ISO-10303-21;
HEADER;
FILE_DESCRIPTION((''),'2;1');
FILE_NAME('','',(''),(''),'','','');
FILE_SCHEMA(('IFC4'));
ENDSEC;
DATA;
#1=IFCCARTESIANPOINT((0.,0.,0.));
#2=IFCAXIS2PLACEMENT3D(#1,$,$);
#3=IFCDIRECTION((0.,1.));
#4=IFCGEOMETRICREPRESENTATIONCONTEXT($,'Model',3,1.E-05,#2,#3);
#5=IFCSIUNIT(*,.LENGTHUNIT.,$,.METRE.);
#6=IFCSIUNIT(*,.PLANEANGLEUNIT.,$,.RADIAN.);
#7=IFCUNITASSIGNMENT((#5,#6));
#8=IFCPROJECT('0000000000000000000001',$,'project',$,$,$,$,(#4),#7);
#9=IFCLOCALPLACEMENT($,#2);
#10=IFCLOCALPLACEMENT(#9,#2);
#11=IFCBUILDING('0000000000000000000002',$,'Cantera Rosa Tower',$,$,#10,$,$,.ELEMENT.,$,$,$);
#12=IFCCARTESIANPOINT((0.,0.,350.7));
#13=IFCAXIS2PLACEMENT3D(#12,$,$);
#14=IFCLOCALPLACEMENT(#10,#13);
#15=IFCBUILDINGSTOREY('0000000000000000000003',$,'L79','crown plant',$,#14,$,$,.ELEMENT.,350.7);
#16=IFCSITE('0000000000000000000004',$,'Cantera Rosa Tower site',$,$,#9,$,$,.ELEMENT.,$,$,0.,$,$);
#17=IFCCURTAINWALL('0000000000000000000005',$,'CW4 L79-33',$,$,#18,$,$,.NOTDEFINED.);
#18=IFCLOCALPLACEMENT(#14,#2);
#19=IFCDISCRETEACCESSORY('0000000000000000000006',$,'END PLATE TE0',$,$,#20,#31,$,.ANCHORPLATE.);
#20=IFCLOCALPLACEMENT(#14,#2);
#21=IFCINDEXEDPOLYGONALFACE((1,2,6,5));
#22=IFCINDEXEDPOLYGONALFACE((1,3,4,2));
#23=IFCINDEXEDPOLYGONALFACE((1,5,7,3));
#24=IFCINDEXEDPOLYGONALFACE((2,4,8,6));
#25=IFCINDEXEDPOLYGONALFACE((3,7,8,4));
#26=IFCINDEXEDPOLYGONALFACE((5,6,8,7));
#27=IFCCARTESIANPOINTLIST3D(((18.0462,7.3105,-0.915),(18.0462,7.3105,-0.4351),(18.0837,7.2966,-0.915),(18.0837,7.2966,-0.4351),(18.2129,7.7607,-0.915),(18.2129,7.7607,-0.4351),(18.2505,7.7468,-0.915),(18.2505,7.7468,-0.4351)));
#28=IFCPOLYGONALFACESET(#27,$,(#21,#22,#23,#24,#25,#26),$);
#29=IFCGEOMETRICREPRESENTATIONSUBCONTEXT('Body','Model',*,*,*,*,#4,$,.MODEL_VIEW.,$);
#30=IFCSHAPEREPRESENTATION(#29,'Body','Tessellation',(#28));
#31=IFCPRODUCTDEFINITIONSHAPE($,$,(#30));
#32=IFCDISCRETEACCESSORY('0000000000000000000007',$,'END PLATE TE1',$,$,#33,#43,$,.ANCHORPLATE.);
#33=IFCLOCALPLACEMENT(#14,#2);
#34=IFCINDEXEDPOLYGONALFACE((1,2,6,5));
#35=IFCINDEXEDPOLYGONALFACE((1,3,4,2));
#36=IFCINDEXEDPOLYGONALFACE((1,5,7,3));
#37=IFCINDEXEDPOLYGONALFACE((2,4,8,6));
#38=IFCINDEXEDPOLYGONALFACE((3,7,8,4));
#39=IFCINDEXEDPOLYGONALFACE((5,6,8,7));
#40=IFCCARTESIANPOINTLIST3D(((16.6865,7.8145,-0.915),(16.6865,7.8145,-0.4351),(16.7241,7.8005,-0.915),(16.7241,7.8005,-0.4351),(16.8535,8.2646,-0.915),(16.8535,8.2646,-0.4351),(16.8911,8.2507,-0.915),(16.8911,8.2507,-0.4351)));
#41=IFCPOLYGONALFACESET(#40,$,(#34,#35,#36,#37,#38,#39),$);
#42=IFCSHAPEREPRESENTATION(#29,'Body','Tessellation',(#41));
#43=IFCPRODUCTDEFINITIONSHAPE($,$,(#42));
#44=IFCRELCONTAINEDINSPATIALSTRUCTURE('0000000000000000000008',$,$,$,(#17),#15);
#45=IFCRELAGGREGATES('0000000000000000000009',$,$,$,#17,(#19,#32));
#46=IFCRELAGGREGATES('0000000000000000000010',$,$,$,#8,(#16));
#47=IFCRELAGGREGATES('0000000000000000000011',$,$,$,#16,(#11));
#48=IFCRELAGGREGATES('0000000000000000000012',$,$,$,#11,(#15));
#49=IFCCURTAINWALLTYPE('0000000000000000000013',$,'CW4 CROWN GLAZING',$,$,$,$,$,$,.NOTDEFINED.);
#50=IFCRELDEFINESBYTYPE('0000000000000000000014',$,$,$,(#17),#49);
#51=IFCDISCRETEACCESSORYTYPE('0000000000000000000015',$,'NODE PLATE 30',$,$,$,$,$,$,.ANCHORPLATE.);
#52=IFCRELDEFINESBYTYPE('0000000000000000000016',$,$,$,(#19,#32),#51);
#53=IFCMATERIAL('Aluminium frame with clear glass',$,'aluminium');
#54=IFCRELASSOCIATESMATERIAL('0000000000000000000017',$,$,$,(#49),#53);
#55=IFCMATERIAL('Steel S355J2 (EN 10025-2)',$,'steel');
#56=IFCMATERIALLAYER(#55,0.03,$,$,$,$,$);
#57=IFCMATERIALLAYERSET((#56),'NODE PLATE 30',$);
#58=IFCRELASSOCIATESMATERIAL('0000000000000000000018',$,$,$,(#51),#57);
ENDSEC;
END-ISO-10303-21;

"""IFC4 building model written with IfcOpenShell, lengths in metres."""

from ifc_helpers import new_model, si_unit, direction, frame, origin, place, context, subcontext, project, spatial, polyline, outline, extrude, material, layer, layer_set, type_object, element, aggregate, save


model = new_model("IFC4")

# Units and contexts
model_context = context("Model", 3, precision=1e-05, world=origin(), true_north=direction((0.0, 1.0)))
body_context = subcontext(model_context, "Body", "Model", "MODEL_VIEW")
ifc_project = project(units=[si_unit("LENGTHUNIT", "METRE"), si_unit("PLANEANGLEUNIT", "RADIAN")], contexts=[model_context])

# Site, building, storey
site_placement = place(None, origin())
site = spatial("IfcSite", under=ifc_project, at=site_placement, Name="Cantera Rosa Tower site", CompositionType="ELEMENT", RefElevation=0.0)
building_placement = place(site_placement, origin())
building = spatial("IfcBuilding", under=site, at=building_placement, Name="Cantera Rosa Tower", CompositionType="ELEMENT")
storey_placement = place(building_placement, frame((0.0, 0.0, 350.7)))
storey = spatial("IfcBuildingStorey", under=building, at=storey_placement, Name="L79", Description="crown plant", CompositionType="ELEMENT", Elevation=350.7)

# Curtain wall
ifc_material_1 = material(Name="Aluminium frame with clear glass", Category="aluminium")
curtain_wall_type = type_object("IfcCurtainWallType", Name="CW4 CROWN GLAZING", PredefinedType="NOTDEFINED", material=ifc_material_1)
curtain_wall_1_placement = place(storey_placement, origin())
curtain_wall_1 = element("IfcCurtainWall", 1, at=curtain_wall_1_placement, inside=storey, type_object=curtain_wall_type, Name="CW4 L79-33", PredefinedType="NOTDEFINED")

# Shared definitions
ifc_material_2 = material(Name="Steel S355J2 (EN 10025-2)", Category="steel")
ifc_layer_1 = layer(ifc_material_2, 0.03)
ifc_layer_set_1 = layer_set([ifc_layer_1], Name="NODE PLATE 30")
discrete_accessory_type = type_object("IfcDiscreteAccessoryType", Name="NODE PLATE 30", PredefinedType="ANCHORPLATE", material=ifc_layer_set_1)

# Discrete accessories
discrete_accessory_1_placement = place(storey_placement, frame((18.2505, 7.7468, -0.4351), z_axis=(0.937743, -0.347331, 0.0), x_axis=(-0.347331, -0.937743, 0.0)))
discrete_accessory_1 = element("IfcDiscreteAccessory", 2, at=discrete_accessory_1_placement, type_object=discrete_accessory_type, Name="END PLATE TE0", PredefinedType="ANCHORPLATE", context=body_context, shape_type="SweptSolid", body=[
    extrude(outline(polyline([(0.0, 0.0), (0.4801, 0.0), (0.4801, 0.48), (0.0, 0.48), (0.0, 0.0)])), origin(), (0.0, 0.0, -1.0), 0.04),
])
discrete_accessory_2_placement = place(storey_placement, frame((16.6865, 7.8145, -0.4351), z_axis=(-0.937577, 0.347778, 0.0), x_axis=(0.347778, 0.937577, 0.0)))
discrete_accessory_2 = element("IfcDiscreteAccessory", 3, at=discrete_accessory_2_placement, type_object=discrete_accessory_type, Name="END PLATE TE1", PredefinedType="ANCHORPLATE", context=body_context, shape_type="SweptSolid", body=[
    extrude(outline(polyline([(0.0, 0.0), (0.4802, 0.0), (0.4802, 0.48), (0.0, 0.48), (0.0, 0.0)])), origin(), (0.0, 0.0, -1.0), 0.04),
])
aggregate(curtain_wall_1, [discrete_accessory_1, discrete_accessory_2])

save(model, "model.ifc")
